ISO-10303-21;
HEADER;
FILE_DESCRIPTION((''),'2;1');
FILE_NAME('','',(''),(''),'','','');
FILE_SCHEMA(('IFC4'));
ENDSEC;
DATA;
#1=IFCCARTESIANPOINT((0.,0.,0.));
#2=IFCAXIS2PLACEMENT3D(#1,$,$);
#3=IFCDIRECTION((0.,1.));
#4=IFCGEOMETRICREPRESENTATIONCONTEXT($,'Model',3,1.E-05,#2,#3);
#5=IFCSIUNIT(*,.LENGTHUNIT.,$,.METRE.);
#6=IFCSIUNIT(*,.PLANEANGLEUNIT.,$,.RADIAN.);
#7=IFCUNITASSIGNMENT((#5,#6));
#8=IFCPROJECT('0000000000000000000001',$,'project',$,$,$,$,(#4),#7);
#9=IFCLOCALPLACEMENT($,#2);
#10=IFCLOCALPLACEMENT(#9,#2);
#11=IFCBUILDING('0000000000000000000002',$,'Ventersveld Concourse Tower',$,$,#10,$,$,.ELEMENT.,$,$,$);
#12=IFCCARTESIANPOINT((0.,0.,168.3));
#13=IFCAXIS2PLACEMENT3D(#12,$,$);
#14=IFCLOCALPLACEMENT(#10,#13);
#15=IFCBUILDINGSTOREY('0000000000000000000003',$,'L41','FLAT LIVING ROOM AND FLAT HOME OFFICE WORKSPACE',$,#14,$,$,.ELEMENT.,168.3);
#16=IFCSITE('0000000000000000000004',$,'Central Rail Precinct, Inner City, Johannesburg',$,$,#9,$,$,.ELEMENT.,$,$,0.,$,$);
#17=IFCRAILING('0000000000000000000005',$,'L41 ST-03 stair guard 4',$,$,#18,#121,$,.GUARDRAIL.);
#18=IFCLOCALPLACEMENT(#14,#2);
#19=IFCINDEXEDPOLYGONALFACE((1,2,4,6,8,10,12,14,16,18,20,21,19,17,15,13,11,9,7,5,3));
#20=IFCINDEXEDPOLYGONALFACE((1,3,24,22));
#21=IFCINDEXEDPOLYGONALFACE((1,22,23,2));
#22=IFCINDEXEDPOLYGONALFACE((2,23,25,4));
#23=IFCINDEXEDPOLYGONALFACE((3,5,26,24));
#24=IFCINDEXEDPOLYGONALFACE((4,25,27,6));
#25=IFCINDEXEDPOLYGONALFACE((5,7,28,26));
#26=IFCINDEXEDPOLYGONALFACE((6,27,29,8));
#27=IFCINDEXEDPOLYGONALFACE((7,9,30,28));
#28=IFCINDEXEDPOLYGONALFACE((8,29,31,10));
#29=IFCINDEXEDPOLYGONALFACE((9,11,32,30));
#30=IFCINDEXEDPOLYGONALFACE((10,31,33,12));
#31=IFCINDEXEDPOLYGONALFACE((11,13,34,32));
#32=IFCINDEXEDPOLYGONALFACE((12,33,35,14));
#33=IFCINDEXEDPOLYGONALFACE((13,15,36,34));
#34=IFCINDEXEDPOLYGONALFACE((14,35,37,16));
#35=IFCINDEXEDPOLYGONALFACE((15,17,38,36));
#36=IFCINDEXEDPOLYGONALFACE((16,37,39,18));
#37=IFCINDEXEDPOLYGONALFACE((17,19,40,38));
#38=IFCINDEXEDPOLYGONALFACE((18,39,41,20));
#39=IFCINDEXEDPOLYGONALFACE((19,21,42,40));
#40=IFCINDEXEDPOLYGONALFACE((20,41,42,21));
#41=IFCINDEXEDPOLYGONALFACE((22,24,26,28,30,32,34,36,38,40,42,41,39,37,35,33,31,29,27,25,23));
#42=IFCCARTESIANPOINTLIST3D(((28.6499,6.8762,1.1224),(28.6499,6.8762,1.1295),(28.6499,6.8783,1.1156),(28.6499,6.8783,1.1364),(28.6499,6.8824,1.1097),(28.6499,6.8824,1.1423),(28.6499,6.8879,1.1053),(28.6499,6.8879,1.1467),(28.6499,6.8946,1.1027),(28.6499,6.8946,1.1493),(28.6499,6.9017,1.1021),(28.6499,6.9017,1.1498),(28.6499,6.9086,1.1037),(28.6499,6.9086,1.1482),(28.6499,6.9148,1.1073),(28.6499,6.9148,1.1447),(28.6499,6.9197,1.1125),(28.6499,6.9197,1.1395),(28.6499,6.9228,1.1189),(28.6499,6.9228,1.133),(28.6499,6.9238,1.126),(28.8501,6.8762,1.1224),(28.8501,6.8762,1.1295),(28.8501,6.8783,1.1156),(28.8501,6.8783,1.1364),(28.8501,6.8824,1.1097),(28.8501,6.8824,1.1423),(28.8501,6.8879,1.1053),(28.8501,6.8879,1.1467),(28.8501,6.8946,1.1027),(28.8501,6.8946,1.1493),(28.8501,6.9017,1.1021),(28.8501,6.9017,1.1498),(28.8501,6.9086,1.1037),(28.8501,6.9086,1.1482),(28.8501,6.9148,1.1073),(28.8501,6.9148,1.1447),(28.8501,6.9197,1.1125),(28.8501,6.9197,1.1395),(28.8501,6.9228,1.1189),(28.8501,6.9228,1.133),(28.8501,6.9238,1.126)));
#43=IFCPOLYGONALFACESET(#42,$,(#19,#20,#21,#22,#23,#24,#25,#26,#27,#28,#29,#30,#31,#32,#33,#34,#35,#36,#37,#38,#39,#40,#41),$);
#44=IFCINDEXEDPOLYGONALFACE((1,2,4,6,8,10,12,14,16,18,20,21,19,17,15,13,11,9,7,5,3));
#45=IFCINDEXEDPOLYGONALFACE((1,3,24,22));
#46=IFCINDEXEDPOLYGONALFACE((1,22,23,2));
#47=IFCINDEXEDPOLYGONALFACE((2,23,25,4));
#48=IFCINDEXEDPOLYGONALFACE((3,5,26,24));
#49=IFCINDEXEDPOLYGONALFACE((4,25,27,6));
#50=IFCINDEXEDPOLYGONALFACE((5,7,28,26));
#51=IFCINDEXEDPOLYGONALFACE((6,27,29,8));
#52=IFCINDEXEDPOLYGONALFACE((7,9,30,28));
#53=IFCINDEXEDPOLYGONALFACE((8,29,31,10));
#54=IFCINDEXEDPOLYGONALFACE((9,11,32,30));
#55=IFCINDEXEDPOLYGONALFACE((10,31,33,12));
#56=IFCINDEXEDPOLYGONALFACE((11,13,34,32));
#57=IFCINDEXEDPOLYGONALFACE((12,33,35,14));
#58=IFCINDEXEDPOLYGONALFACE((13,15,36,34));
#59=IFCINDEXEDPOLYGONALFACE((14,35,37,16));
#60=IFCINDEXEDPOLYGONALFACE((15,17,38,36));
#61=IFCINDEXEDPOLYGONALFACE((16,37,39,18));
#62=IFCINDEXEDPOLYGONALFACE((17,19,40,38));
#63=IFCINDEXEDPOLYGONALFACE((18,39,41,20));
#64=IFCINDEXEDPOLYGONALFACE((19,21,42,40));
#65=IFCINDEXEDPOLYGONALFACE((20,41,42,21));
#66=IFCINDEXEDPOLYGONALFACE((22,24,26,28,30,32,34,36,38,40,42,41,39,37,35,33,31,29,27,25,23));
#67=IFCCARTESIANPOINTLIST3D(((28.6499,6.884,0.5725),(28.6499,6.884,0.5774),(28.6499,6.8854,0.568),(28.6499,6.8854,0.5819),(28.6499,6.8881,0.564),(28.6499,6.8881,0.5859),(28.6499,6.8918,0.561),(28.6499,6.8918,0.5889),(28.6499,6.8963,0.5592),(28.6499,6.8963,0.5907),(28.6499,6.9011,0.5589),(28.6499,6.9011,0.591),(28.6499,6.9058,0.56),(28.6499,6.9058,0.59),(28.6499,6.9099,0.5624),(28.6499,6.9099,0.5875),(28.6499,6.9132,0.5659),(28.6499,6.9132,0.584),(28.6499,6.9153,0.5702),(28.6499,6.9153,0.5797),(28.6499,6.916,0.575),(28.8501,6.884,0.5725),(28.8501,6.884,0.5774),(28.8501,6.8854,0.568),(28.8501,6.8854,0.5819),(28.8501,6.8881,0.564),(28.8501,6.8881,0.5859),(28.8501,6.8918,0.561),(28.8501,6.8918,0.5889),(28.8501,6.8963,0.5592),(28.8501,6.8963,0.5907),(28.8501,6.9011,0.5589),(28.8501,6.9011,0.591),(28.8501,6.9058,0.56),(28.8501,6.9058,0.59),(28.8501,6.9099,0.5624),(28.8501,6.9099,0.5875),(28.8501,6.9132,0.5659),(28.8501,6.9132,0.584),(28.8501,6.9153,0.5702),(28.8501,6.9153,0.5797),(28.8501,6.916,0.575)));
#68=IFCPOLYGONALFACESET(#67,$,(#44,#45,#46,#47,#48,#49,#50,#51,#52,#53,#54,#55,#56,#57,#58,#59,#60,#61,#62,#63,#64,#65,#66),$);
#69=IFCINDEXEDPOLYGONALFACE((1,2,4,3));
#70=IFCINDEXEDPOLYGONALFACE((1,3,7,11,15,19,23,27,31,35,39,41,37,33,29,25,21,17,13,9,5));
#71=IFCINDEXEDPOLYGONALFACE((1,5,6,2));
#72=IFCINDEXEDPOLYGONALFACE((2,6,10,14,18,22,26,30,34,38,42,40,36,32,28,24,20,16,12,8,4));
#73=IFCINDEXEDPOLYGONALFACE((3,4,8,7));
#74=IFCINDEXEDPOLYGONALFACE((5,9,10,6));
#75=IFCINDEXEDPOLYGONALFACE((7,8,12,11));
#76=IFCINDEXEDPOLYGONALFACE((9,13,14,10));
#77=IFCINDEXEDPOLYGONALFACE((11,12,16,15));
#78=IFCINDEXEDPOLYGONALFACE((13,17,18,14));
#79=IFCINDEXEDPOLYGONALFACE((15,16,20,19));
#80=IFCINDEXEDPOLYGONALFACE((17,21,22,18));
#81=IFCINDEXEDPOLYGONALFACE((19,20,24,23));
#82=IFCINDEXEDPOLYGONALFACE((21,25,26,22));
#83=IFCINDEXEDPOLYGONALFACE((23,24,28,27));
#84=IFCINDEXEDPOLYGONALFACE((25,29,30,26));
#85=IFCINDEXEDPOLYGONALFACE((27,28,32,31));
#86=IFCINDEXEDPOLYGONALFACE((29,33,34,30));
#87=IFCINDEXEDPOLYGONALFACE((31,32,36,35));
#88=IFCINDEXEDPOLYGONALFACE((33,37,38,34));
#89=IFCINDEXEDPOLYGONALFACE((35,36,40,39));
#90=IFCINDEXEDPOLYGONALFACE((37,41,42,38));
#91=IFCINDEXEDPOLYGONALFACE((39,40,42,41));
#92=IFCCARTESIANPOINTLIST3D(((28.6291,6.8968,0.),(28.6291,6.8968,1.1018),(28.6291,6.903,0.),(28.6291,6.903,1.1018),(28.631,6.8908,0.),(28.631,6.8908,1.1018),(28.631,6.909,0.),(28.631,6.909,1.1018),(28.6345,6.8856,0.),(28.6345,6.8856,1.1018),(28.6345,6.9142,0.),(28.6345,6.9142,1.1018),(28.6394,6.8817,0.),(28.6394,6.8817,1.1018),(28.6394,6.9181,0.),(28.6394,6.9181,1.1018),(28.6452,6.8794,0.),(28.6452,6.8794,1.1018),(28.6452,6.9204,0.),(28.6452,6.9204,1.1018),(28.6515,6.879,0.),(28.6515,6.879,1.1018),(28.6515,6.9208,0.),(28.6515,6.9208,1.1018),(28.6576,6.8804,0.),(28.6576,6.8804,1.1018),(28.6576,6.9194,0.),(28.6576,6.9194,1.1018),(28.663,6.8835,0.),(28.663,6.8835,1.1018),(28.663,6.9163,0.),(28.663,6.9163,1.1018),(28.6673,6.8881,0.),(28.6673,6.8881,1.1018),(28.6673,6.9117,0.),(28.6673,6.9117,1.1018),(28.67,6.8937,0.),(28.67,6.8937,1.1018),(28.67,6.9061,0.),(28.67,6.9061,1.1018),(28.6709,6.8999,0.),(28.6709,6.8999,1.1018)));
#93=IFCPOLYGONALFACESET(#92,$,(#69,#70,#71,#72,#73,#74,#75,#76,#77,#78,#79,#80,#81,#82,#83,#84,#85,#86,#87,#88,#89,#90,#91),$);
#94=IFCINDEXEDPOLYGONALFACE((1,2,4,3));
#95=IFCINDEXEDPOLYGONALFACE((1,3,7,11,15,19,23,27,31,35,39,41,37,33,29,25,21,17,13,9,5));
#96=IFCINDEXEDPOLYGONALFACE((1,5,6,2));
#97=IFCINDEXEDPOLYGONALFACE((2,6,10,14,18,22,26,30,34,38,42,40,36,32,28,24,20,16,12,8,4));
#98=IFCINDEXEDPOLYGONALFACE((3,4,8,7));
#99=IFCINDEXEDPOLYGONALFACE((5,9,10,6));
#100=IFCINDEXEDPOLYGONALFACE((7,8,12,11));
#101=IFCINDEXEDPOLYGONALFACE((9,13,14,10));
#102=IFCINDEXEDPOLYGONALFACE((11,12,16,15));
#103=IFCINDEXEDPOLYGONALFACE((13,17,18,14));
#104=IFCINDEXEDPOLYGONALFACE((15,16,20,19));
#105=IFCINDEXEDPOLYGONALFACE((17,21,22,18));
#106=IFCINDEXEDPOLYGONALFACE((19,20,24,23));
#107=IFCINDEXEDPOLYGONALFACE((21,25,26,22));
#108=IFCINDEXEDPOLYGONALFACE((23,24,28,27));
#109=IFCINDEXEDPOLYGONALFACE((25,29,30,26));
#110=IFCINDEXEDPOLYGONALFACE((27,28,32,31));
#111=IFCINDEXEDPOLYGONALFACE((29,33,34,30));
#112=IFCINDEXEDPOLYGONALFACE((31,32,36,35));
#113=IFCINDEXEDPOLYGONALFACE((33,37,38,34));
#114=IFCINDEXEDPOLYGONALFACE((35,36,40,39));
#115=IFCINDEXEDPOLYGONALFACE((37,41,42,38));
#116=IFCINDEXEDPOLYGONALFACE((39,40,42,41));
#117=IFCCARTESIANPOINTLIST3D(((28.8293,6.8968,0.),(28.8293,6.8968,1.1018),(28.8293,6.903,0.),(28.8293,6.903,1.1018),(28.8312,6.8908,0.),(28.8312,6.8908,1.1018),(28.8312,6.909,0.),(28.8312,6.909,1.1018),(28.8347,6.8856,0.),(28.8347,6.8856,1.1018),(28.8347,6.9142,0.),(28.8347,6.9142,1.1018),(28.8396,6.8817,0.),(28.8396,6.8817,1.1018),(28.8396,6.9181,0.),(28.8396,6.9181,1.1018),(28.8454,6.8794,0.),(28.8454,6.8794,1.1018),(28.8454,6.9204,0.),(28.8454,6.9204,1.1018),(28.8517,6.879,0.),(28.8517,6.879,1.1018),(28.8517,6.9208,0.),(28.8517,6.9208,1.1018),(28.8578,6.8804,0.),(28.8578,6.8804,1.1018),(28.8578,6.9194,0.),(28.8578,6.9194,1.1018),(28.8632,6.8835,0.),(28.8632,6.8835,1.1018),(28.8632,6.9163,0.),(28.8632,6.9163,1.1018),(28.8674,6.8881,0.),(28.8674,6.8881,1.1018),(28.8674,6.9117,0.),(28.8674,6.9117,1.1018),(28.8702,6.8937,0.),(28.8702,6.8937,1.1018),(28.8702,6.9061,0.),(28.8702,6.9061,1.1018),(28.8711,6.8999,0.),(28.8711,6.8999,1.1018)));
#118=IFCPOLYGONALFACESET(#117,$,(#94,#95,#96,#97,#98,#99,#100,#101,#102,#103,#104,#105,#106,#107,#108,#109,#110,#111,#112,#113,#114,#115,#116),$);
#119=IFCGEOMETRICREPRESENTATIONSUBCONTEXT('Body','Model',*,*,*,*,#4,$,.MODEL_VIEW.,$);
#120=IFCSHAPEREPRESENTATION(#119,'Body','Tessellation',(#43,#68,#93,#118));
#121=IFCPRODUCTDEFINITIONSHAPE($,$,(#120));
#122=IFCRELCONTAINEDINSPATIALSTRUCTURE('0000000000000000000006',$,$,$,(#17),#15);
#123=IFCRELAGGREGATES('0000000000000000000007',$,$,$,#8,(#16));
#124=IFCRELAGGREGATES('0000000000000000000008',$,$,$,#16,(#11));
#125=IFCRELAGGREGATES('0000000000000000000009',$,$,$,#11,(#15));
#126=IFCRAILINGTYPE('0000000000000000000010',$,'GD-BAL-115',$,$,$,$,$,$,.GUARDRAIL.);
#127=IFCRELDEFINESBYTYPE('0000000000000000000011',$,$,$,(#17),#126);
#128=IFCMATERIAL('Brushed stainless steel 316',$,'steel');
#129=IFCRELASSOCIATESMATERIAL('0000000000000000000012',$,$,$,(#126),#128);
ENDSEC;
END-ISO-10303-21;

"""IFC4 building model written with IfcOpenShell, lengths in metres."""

from ifc_helpers import new_model, si_unit, direction, frame, origin, origin_2d, place, context, subcontext, project, spatial, circle, extrude, material, type_object, element, save


model = new_model("IFC4")

# Units and contexts
model_context = context("Model", 3, precision=1e-05, world=origin(), true_north=direction((0.0, 1.0)))
body_context = subcontext(model_context, "Body", "Model", "MODEL_VIEW")
ifc_project = project(units=[si_unit("LENGTHUNIT", "METRE"), si_unit("PLANEANGLEUNIT", "RADIAN")], contexts=[model_context])

# Site, building, storey
site_placement = place(None, origin())
site = spatial("IfcSite", under=ifc_project, at=site_placement, Name="Central Rail Precinct, Inner City, Johannesburg", CompositionType="ELEMENT", RefElevation=0.0)
building_placement = place(site_placement, origin())
building = spatial("IfcBuilding", under=site, at=building_placement, Name="Ventersveld Concourse Tower", CompositionType="ELEMENT")
storey_placement = place(building_placement, frame((0.0, 0.0, 168.3)))
storey = spatial("IfcBuildingStorey", under=building, at=storey_placement, Name="L41", Description="FLAT LIVING ROOM AND FLAT HOME OFFICE WORKSPACE", CompositionType="ELEMENT", Elevation=168.3)

# Shared definitions
ifc_material_1 = material(Name="Brushed stainless steel 316", Category="steel")

# Railing
railing_type_1 = type_object("IfcRailingType", Name="GD-BAL-115", PredefinedType="GUARDRAIL", material=ifc_material_1)
railing_1_placement = place(storey_placement, frame((28.6499, 6.8999, 0.0)))
element("IfcRailing", 1, at=railing_1_placement, inside=storey, type_object=railing_type_1, Name="L41 ST-03 stair guard 4", PredefinedType="GUARDRAIL", context=body_context, shape_type="SweptSolid", body=[
    extrude(circle(Radius=0.0239, at=origin_2d()), frame((0.0, 0.0, 1.126), z_axis=(1.0, 0.0, 0.0), x_axis=(0.0, 1.0, 0.0)), (0.0, 0.0, 1.0), 0.2002),
    extrude(circle(Radius=0.0161, at=origin_2d()), frame((0.0, 0.0, 0.575), z_axis=(1.0, 0.0, 0.0), x_axis=(0.0, 1.0, 0.0)), (0.0, 0.0, 1.0), 0.2002),
    extrude(circle(Radius=0.021, at=origin_2d()), origin(), (0.0, 0.0, 1.0), 1.1018),
    extrude(circle(Radius=0.021, at=origin_2d()), frame((0.2002, 0.0, 0.0)), (0.0, 0.0, 1.0), 1.1018),
])

save(model, "model.ifc")
